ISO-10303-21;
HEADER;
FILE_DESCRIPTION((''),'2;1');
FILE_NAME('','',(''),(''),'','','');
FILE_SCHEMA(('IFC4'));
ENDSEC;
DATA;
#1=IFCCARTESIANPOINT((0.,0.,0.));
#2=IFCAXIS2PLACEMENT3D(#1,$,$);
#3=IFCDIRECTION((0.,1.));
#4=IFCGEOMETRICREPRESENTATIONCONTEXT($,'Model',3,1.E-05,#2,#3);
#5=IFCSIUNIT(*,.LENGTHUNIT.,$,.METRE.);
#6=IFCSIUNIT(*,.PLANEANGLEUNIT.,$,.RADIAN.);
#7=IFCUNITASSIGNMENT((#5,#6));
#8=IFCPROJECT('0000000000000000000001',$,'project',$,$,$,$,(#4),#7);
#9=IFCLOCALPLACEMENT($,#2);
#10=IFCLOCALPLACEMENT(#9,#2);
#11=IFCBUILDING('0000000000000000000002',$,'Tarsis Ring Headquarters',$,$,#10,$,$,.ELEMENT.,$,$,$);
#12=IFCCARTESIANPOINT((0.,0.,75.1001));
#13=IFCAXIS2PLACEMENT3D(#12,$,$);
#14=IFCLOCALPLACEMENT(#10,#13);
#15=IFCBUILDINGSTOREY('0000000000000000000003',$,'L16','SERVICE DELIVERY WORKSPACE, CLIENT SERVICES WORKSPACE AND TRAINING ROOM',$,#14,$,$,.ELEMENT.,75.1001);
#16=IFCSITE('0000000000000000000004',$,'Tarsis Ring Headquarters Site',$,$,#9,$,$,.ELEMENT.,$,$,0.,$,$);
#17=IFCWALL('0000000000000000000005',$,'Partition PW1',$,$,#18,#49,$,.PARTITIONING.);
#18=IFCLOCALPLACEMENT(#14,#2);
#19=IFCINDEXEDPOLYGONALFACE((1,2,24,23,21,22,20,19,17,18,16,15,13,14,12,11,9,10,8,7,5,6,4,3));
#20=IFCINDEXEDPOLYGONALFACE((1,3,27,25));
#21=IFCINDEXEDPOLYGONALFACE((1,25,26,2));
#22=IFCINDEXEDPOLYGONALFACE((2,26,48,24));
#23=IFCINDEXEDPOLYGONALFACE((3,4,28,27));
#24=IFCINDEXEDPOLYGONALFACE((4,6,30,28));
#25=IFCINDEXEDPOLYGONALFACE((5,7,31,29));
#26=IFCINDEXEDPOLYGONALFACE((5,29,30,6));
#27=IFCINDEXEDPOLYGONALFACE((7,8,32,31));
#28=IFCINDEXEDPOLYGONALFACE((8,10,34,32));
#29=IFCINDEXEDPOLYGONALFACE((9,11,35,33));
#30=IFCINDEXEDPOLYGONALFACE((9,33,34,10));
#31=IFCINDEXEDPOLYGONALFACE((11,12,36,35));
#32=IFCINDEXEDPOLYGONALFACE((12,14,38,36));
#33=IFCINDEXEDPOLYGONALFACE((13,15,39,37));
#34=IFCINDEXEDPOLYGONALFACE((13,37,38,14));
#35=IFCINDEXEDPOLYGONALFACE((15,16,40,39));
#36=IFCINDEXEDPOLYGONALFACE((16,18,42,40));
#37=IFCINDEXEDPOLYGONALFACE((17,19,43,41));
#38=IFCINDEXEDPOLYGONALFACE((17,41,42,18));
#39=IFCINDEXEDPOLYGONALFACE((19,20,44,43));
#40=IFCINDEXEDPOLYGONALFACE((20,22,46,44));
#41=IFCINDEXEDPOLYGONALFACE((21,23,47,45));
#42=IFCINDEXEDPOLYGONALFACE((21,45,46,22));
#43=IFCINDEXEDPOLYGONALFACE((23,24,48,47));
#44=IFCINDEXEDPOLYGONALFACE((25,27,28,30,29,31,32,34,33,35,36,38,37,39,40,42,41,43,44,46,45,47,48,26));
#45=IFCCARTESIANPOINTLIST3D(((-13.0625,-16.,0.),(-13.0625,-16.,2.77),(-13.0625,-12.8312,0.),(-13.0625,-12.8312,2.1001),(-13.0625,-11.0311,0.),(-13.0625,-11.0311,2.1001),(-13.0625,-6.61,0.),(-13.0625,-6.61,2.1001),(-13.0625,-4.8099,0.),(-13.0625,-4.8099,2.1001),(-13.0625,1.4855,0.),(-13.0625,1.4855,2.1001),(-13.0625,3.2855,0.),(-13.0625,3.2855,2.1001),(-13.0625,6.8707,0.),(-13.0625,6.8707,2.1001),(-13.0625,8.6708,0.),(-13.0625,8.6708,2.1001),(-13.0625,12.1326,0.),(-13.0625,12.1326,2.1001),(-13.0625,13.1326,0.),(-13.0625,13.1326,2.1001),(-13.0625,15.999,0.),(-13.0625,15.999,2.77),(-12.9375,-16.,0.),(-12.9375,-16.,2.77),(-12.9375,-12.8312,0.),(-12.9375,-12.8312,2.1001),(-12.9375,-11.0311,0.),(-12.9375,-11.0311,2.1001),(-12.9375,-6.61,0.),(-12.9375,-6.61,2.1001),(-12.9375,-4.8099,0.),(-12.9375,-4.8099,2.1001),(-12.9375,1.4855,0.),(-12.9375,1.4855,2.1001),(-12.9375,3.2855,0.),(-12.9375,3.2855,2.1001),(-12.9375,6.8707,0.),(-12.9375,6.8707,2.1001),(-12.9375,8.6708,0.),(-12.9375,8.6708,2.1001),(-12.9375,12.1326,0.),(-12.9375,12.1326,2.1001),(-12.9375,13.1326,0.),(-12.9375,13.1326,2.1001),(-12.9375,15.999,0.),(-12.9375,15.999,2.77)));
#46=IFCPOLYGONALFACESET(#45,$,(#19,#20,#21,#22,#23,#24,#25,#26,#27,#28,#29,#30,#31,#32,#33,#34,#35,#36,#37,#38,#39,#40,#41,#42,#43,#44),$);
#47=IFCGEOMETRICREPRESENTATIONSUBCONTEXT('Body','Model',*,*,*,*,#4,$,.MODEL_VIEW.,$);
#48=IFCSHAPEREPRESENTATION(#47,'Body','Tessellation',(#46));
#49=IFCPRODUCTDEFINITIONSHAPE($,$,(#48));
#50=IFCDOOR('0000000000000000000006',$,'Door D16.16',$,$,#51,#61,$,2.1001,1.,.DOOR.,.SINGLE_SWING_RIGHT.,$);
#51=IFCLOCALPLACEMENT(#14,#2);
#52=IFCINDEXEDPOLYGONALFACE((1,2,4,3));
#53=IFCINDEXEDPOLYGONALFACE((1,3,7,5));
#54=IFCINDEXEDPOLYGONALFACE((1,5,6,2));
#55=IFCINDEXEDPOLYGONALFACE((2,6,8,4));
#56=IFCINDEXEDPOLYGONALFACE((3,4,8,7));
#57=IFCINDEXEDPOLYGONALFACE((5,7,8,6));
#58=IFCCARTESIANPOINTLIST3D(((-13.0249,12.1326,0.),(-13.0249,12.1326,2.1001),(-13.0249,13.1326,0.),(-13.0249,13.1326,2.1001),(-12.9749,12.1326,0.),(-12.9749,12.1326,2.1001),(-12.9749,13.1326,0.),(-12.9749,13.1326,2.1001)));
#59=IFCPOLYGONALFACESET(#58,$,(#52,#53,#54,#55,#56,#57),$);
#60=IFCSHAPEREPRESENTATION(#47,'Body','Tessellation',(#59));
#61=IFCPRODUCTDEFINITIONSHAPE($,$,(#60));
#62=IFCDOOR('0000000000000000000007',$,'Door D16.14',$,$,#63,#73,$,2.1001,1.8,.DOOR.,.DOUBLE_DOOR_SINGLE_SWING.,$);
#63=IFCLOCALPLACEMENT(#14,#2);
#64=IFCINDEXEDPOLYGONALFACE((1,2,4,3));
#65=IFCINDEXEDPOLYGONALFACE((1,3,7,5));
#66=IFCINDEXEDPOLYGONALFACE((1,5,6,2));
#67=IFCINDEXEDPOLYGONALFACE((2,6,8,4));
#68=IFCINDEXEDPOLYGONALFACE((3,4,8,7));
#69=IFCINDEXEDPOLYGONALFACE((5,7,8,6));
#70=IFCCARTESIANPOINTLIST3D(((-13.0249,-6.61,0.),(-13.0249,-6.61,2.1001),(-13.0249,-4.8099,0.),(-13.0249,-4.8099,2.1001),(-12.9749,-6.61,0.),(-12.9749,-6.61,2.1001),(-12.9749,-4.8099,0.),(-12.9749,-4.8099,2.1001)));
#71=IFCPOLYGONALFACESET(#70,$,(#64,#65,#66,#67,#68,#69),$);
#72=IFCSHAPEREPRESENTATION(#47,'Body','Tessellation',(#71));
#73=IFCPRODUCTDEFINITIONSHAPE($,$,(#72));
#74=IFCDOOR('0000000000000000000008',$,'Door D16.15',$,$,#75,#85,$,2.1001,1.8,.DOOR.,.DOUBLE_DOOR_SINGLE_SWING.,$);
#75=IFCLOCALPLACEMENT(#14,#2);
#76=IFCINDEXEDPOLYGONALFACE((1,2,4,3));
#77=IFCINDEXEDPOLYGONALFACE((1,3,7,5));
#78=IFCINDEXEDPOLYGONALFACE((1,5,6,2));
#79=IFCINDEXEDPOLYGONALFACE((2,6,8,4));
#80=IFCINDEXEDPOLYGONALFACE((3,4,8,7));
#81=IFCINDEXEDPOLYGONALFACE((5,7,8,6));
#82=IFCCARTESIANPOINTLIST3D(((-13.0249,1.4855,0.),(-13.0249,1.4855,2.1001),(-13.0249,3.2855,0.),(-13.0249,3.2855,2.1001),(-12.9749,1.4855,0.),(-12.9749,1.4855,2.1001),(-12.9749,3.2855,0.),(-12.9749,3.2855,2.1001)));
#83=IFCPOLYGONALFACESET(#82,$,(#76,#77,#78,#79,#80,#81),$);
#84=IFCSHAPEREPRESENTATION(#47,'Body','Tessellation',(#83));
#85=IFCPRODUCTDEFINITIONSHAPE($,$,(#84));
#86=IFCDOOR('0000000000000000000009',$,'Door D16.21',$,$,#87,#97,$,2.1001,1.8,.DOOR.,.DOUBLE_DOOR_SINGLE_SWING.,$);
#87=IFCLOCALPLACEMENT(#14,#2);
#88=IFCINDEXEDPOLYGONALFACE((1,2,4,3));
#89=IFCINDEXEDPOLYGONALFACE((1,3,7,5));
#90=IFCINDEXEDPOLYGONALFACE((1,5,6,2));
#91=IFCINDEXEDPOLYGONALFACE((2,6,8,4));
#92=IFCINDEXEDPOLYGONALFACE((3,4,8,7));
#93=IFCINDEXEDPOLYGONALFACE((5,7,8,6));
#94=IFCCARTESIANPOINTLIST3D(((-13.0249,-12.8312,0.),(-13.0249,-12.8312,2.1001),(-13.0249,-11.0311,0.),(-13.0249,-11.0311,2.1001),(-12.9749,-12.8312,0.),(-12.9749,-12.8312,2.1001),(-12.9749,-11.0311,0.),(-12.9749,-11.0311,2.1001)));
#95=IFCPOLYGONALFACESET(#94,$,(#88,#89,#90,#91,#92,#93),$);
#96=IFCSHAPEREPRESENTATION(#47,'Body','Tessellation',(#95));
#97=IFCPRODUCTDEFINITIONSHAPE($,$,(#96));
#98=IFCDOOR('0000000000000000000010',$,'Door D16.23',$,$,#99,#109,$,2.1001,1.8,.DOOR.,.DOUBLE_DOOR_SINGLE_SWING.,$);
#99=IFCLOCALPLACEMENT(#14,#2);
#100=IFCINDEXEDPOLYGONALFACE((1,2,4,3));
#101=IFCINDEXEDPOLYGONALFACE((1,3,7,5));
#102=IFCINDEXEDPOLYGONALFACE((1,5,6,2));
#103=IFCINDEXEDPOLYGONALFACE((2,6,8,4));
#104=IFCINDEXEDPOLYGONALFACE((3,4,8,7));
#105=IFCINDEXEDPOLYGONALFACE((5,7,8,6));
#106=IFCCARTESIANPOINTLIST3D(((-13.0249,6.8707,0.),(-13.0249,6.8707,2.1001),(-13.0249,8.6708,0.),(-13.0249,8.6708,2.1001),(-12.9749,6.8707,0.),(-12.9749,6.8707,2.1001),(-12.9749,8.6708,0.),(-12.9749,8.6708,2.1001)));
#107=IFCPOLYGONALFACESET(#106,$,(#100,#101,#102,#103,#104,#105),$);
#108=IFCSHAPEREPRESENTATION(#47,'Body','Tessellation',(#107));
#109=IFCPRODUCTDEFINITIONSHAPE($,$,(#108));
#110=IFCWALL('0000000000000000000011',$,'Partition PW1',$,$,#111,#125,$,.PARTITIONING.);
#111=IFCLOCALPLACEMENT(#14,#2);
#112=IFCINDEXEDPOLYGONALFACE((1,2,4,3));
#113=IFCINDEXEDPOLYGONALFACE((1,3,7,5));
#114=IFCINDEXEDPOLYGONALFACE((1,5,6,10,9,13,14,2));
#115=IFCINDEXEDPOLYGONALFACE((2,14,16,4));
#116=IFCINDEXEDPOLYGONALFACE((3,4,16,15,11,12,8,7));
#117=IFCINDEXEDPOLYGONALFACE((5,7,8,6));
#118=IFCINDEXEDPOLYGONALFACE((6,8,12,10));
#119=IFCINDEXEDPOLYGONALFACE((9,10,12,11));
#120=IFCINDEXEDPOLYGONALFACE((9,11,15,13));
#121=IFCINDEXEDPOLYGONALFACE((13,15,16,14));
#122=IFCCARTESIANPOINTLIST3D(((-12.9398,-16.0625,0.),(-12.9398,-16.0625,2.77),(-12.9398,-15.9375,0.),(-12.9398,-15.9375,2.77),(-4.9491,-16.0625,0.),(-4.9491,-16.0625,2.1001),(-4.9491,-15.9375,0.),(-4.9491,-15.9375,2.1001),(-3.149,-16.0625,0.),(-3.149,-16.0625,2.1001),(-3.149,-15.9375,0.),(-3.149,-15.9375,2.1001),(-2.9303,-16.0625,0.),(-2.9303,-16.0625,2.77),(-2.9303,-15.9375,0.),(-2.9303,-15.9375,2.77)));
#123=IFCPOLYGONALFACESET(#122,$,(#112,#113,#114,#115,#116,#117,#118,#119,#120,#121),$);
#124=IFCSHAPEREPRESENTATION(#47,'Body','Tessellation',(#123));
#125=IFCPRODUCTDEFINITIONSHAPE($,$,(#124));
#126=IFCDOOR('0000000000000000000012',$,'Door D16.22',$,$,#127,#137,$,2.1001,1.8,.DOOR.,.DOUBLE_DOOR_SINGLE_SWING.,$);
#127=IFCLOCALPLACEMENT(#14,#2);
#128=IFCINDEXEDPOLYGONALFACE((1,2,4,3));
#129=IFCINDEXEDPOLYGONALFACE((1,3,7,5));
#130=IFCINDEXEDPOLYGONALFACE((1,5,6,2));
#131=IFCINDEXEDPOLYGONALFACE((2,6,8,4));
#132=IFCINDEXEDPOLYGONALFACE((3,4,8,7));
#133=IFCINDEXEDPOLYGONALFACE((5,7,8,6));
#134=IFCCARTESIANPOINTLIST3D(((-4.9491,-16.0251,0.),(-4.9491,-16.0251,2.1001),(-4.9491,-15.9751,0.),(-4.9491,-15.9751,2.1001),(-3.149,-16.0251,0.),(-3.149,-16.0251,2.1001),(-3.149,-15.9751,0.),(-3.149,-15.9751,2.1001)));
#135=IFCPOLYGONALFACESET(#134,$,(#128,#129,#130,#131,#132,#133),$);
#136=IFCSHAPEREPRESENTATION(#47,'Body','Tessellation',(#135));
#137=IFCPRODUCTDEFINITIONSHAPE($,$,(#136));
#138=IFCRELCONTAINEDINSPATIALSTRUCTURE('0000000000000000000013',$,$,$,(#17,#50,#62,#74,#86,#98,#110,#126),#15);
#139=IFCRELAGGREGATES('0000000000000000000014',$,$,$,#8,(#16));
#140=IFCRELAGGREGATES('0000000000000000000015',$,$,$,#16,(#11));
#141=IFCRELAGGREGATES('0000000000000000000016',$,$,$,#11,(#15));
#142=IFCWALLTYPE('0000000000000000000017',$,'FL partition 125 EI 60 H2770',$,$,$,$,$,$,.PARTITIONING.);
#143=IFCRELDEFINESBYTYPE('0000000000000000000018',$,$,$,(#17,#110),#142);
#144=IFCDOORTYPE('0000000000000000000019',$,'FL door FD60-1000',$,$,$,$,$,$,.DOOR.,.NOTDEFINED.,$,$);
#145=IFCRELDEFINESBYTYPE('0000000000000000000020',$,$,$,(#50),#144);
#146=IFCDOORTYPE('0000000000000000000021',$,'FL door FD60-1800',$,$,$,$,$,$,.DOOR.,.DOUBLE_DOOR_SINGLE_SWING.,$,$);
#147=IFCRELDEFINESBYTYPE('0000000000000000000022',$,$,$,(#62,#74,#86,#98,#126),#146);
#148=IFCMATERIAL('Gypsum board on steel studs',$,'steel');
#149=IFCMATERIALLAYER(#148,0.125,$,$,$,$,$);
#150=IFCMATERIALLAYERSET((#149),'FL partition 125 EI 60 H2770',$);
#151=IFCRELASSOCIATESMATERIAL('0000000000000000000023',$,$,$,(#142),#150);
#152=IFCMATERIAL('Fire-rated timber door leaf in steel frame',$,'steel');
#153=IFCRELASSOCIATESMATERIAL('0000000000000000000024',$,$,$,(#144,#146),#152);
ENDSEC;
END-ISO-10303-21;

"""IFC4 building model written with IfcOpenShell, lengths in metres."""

from ifc_helpers import new_model, si_unit, direction, frame, frame_2d, origin, place, context, subcontext, project, spatial, rectangle, extrude, material, layer, layer_set, type_object, element, fill, save


model = new_model("IFC4")

# Units and contexts
model_context = context("Model", 3, precision=1e-05, world=origin(), true_north=direction((0.0, 1.0)))
body_context = subcontext(model_context, "Body", "Model", "MODEL_VIEW")
ifc_project = project(units=[si_unit("LENGTHUNIT", "METRE"), si_unit("PLANEANGLEUNIT", "RADIAN")], contexts=[model_context])

# Site, building, storey
site_placement = place(None, origin())
site = spatial("IfcSite", under=ifc_project, at=site_placement, Name="Tarsis Ring Headquarters Site", CompositionType="ELEMENT", RefElevation=0.0)
building_placement = place(site_placement, origin())
building = spatial("IfcBuilding", under=site, at=building_placement, Name="Tarsis Ring Headquarters", CompositionType="ELEMENT")
storey_placement = place(building_placement, frame((0.0, 0.0, 75.1001)))
storey = spatial("IfcBuildingStorey", under=building, at=storey_placement, Name="L16", Description="SERVICE DELIVERY WORKSPACE, CLIENT SERVICES WORKSPACE AND TRAINING ROOM", CompositionType="ELEMENT", Elevation=75.1001)

# Shared definitions
ifc_material_1 = material(Name="Gypsum board on steel studs", Category="steel")

# Wall, openings, doors
ifc_layer_1 = layer(ifc_material_1, 0.125)
ifc_layer_set_1 = layer_set([ifc_layer_1], Name="FL partition 125 EI 60 H2770")
wall_type_1 = type_object("IfcWallType", Name="FL partition 125 EI 60 H2770", PredefinedType="PARTITIONING", material=ifc_layer_set_1)
wall_1_placement = place(storey_placement, frame((-13.0, -16.0, 0.0), z_axis=(0.0, 0.0, 1.0), x_axis=(0.0, 1.0, 0.0)))
wall_1 = element("IfcWall", 1, at=wall_1_placement, inside=storey, type_object=wall_type_1, Name="Partition PW1", PredefinedType="PARTITIONING", context=body_context, shape_type="SweptSolid", body=[
    extrude(rectangle(XDim=31.999, YDim=0.125, at=frame_2d((15.9995, 0.0))), origin(), (0.0, 0.0, 1.0), 2.77),
])
opening_1_placement = place(wall_1_placement, frame((9.3901, 0.0, 0.0)))
opening_1 = element("IfcOpeningElement", 2, at=opening_1_placement, cuts=wall_1, PredefinedType="OPENING", context=body_context, shape_type="SweptSolid", body=[
    extrude(rectangle(XDim=1.8, YDim=2.1001, at=frame_2d((0.8999, 1.05))), frame((0.0, 0.0725, 0.0), z_axis=(0.0, -1.0, 0.0), x_axis=(1.0, 0.0, 0.0)), (0.0, 0.0, 1.0), 0.145),
])
opening_2_placement = place(wall_1_placement, frame((17.4856, 0.0, 0.0)))
opening_2 = element("IfcOpeningElement", 3, at=opening_2_placement, cuts=wall_1, PredefinedType="OPENING", context=body_context, shape_type="SweptSolid", body=[
    extrude(rectangle(XDim=1.8, YDim=2.1001, at=frame_2d((0.8999, 1.05))), frame((0.0, 0.0725, 0.0), z_axis=(0.0, -1.0, 0.0), x_axis=(1.0, 0.0, 0.0)), (0.0, 0.0, 1.0), 0.145),
])
opening_3_placement = place(wall_1_placement, frame((28.1326, 0.0, 0.0)))
opening_3 = element("IfcOpeningElement", 4, at=opening_3_placement, cuts=wall_1, PredefinedType="OPENING", context=body_context, shape_type="SweptSolid", body=[
    extrude(rectangle(XDim=1.0, YDim=2.1001, at=frame_2d((0.5, 1.05))), frame((0.0, 0.0725, 0.0), z_axis=(0.0, -1.0, 0.0), x_axis=(1.0, 0.0, 0.0)), (0.0, 0.0, 1.0), 0.145),
])
opening_4_placement = place(wall_1_placement, frame((3.1689, 0.0, 0.0)))
opening_4 = element("IfcOpeningElement", 5, at=opening_4_placement, cuts=wall_1, PredefinedType="OPENING", context=body_context, shape_type="SweptSolid", body=[
    extrude(rectangle(XDim=1.8, YDim=2.1001, at=frame_2d((0.8999, 1.05))), frame((0.0, 0.0725, 0.0), z_axis=(0.0, -1.0, 0.0), x_axis=(1.0, 0.0, 0.0)), (0.0, 0.0, 1.0), 0.145),
])
opening_5_placement = place(wall_1_placement, frame((22.8708, 0.0, 0.0)))
opening_5 = element("IfcOpeningElement", 6, at=opening_5_placement, cuts=wall_1, PredefinedType="OPENING", context=body_context, shape_type="SweptSolid", body=[
    extrude(rectangle(XDim=1.8, YDim=2.1001, at=frame_2d((0.8999, 1.05))), frame((0.0, 0.0725, 0.0), z_axis=(0.0, -1.0, 0.0), x_axis=(1.0, 0.0, 0.0)), (0.0, 0.0, 1.0), 0.145),
])
ifc_material_2 = material(Name="Fire-rated timber door leaf in steel frame", Category="steel")
door_type_1 = type_object("IfcDoorType", Name="FL door FD60-1000", OperationType="NOTDEFINED", PredefinedType="DOOR", material=ifc_material_2)
door_1_placement = place(opening_3_placement, origin())
door_1 = element("IfcDoor", 7, at=door_1_placement, inside=storey, type_object=door_type_1, Name="Door D16.16", OperationType="SINGLE_SWING_RIGHT", OverallHeight=2.1001, OverallWidth=1.0, PredefinedType="DOOR", context=body_context, shape_type="SweptSolid", body=[
    extrude(rectangle(XDim=1.0, YDim=2.1001, at=frame_2d((0.5, 1.05))), frame((0.0, 0.0249, 0.0), z_axis=(0.0, -1.0, 0.0), x_axis=(1.0, 0.0, 0.0)), (0.0, 0.0, 1.0), 0.05),
])
fill(opening_3, door_1)
door_type_2 = type_object("IfcDoorType", Name="FL door FD60-1800", OperationType="DOUBLE_DOOR_SINGLE_SWING", PredefinedType="DOOR", material=ifc_material_2)
door_2_placement = place(opening_1_placement, origin())
door_2 = element("IfcDoor", 8, at=door_2_placement, inside=storey, type_object=door_type_2, Name="Door D16.14", OperationType="DOUBLE_DOOR_SINGLE_SWING", OverallHeight=2.1001, OverallWidth=1.8, PredefinedType="DOOR", context=body_context, shape_type="SweptSolid", body=[
    extrude(rectangle(XDim=1.8, YDim=2.1001, at=frame_2d((0.8999, 1.05))), frame((0.0, 0.0249, 0.0), z_axis=(0.0, -1.0, 0.0), x_axis=(1.0, 0.0, 0.0)), (0.0, 0.0, 1.0), 0.05),
])
fill(opening_1, door_2)
door_3_placement = place(opening_2_placement, origin())
door_3 = element("IfcDoor", 9, at=door_3_placement, inside=storey, type_object=door_type_2, Name="Door D16.15", OperationType="DOUBLE_DOOR_SINGLE_SWING", OverallHeight=2.1001, OverallWidth=1.8, PredefinedType="DOOR", context=body_context, shape_type="SweptSolid", body=[
    extrude(rectangle(XDim=1.8, YDim=2.1001, at=frame_2d((0.8999, 1.05))), frame((0.0, 0.0249, 0.0), z_axis=(0.0, -1.0, 0.0), x_axis=(1.0, 0.0, 0.0)), (0.0, 0.0, 1.0), 0.05),
])
fill(opening_2, door_3)
door_4_placement = place(opening_4_placement, origin())
door_4 = element("IfcDoor", 10, at=door_4_placement, inside=storey, type_object=door_type_2, Name="Door D16.21", OperationType="DOUBLE_DOOR_SINGLE_SWING", OverallHeight=2.1001, OverallWidth=1.8, PredefinedType="DOOR", context=body_context, shape_type="SweptSolid", body=[
    extrude(rectangle(XDim=1.8, YDim=2.1001, at=frame_2d((0.8999, 1.05))), frame((0.0, 0.0249, 0.0), z_axis=(0.0, -1.0, 0.0), x_axis=(1.0, 0.0, 0.0)), (0.0, 0.0, 1.0), 0.05),
])
fill(opening_4, door_4)
door_5_placement = place(opening_5_placement, origin())
door_5 = element("IfcDoor", 11, at=door_5_placement, inside=storey, type_object=door_type_2, Name="Door D16.23", OperationType="DOUBLE_DOOR_SINGLE_SWING", OverallHeight=2.1001, OverallWidth=1.8, PredefinedType="DOOR", context=body_context, shape_type="SweptSolid", body=[
    extrude(rectangle(XDim=1.8, YDim=2.1001, at=frame_2d((0.8999, 1.05))), frame((0.0, 0.0249, 0.0), z_axis=(0.0, -1.0, 0.0), x_axis=(1.0, 0.0, 0.0)), (0.0, 0.0, 1.0), 0.05),
])
fill(opening_5, door_5)

# Wall, opening, door
wall_2_placement = place(storey_placement, frame((-12.9399, -16.0, 0.0), z_axis=(0.0, 0.0, 1.0), x_axis=(1.0, 0.0, 0.0)))
wall_2 = element("IfcWall", 12, at=wall_2_placement, inside=storey, type_object=wall_type_1, Name="Partition PW1", PredefinedType="PARTITIONING", context=body_context, shape_type="SweptSolid", body=[
    extrude(rectangle(XDim=10.0095, YDim=0.125, at=frame_2d((5.0049, 0.0))), origin(), (0.0, 0.0, 1.0), 2.77),
])
opening_6_placement = place(wall_2_placement, frame((7.991, 0.0, 0.0)))
opening_6 = element("IfcOpeningElement", 13, at=opening_6_placement, cuts=wall_2, PredefinedType="OPENING", context=body_context, shape_type="SweptSolid", body=[
    extrude(rectangle(XDim=1.8, YDim=2.1001, at=frame_2d((0.8999, 1.05))), frame((0.0, 0.0725, 0.0), z_axis=(0.0, -1.0, 0.0), x_axis=(1.0, 0.0, 0.0)), (0.0, 0.0, 1.0), 0.145),
])
door_6_placement = place(opening_6_placement, origin())
door_6 = element("IfcDoor", 14, at=door_6_placement, inside=storey, type_object=door_type_2, Name="Door D16.22", OperationType="DOUBLE_DOOR_SINGLE_SWING", OverallHeight=2.1001, OverallWidth=1.8, PredefinedType="DOOR", context=body_context, shape_type="SweptSolid", body=[
    extrude(rectangle(XDim=1.8, YDim=2.1001, at=frame_2d((0.8999, 1.05))), frame((0.0, 0.0249, 0.0), z_axis=(0.0, -1.0, 0.0), x_axis=(1.0, 0.0, 0.0)), (0.0, 0.0, 1.0), 0.05),
])
fill(opening_6, door_6)

save(model, "model.ifc")
